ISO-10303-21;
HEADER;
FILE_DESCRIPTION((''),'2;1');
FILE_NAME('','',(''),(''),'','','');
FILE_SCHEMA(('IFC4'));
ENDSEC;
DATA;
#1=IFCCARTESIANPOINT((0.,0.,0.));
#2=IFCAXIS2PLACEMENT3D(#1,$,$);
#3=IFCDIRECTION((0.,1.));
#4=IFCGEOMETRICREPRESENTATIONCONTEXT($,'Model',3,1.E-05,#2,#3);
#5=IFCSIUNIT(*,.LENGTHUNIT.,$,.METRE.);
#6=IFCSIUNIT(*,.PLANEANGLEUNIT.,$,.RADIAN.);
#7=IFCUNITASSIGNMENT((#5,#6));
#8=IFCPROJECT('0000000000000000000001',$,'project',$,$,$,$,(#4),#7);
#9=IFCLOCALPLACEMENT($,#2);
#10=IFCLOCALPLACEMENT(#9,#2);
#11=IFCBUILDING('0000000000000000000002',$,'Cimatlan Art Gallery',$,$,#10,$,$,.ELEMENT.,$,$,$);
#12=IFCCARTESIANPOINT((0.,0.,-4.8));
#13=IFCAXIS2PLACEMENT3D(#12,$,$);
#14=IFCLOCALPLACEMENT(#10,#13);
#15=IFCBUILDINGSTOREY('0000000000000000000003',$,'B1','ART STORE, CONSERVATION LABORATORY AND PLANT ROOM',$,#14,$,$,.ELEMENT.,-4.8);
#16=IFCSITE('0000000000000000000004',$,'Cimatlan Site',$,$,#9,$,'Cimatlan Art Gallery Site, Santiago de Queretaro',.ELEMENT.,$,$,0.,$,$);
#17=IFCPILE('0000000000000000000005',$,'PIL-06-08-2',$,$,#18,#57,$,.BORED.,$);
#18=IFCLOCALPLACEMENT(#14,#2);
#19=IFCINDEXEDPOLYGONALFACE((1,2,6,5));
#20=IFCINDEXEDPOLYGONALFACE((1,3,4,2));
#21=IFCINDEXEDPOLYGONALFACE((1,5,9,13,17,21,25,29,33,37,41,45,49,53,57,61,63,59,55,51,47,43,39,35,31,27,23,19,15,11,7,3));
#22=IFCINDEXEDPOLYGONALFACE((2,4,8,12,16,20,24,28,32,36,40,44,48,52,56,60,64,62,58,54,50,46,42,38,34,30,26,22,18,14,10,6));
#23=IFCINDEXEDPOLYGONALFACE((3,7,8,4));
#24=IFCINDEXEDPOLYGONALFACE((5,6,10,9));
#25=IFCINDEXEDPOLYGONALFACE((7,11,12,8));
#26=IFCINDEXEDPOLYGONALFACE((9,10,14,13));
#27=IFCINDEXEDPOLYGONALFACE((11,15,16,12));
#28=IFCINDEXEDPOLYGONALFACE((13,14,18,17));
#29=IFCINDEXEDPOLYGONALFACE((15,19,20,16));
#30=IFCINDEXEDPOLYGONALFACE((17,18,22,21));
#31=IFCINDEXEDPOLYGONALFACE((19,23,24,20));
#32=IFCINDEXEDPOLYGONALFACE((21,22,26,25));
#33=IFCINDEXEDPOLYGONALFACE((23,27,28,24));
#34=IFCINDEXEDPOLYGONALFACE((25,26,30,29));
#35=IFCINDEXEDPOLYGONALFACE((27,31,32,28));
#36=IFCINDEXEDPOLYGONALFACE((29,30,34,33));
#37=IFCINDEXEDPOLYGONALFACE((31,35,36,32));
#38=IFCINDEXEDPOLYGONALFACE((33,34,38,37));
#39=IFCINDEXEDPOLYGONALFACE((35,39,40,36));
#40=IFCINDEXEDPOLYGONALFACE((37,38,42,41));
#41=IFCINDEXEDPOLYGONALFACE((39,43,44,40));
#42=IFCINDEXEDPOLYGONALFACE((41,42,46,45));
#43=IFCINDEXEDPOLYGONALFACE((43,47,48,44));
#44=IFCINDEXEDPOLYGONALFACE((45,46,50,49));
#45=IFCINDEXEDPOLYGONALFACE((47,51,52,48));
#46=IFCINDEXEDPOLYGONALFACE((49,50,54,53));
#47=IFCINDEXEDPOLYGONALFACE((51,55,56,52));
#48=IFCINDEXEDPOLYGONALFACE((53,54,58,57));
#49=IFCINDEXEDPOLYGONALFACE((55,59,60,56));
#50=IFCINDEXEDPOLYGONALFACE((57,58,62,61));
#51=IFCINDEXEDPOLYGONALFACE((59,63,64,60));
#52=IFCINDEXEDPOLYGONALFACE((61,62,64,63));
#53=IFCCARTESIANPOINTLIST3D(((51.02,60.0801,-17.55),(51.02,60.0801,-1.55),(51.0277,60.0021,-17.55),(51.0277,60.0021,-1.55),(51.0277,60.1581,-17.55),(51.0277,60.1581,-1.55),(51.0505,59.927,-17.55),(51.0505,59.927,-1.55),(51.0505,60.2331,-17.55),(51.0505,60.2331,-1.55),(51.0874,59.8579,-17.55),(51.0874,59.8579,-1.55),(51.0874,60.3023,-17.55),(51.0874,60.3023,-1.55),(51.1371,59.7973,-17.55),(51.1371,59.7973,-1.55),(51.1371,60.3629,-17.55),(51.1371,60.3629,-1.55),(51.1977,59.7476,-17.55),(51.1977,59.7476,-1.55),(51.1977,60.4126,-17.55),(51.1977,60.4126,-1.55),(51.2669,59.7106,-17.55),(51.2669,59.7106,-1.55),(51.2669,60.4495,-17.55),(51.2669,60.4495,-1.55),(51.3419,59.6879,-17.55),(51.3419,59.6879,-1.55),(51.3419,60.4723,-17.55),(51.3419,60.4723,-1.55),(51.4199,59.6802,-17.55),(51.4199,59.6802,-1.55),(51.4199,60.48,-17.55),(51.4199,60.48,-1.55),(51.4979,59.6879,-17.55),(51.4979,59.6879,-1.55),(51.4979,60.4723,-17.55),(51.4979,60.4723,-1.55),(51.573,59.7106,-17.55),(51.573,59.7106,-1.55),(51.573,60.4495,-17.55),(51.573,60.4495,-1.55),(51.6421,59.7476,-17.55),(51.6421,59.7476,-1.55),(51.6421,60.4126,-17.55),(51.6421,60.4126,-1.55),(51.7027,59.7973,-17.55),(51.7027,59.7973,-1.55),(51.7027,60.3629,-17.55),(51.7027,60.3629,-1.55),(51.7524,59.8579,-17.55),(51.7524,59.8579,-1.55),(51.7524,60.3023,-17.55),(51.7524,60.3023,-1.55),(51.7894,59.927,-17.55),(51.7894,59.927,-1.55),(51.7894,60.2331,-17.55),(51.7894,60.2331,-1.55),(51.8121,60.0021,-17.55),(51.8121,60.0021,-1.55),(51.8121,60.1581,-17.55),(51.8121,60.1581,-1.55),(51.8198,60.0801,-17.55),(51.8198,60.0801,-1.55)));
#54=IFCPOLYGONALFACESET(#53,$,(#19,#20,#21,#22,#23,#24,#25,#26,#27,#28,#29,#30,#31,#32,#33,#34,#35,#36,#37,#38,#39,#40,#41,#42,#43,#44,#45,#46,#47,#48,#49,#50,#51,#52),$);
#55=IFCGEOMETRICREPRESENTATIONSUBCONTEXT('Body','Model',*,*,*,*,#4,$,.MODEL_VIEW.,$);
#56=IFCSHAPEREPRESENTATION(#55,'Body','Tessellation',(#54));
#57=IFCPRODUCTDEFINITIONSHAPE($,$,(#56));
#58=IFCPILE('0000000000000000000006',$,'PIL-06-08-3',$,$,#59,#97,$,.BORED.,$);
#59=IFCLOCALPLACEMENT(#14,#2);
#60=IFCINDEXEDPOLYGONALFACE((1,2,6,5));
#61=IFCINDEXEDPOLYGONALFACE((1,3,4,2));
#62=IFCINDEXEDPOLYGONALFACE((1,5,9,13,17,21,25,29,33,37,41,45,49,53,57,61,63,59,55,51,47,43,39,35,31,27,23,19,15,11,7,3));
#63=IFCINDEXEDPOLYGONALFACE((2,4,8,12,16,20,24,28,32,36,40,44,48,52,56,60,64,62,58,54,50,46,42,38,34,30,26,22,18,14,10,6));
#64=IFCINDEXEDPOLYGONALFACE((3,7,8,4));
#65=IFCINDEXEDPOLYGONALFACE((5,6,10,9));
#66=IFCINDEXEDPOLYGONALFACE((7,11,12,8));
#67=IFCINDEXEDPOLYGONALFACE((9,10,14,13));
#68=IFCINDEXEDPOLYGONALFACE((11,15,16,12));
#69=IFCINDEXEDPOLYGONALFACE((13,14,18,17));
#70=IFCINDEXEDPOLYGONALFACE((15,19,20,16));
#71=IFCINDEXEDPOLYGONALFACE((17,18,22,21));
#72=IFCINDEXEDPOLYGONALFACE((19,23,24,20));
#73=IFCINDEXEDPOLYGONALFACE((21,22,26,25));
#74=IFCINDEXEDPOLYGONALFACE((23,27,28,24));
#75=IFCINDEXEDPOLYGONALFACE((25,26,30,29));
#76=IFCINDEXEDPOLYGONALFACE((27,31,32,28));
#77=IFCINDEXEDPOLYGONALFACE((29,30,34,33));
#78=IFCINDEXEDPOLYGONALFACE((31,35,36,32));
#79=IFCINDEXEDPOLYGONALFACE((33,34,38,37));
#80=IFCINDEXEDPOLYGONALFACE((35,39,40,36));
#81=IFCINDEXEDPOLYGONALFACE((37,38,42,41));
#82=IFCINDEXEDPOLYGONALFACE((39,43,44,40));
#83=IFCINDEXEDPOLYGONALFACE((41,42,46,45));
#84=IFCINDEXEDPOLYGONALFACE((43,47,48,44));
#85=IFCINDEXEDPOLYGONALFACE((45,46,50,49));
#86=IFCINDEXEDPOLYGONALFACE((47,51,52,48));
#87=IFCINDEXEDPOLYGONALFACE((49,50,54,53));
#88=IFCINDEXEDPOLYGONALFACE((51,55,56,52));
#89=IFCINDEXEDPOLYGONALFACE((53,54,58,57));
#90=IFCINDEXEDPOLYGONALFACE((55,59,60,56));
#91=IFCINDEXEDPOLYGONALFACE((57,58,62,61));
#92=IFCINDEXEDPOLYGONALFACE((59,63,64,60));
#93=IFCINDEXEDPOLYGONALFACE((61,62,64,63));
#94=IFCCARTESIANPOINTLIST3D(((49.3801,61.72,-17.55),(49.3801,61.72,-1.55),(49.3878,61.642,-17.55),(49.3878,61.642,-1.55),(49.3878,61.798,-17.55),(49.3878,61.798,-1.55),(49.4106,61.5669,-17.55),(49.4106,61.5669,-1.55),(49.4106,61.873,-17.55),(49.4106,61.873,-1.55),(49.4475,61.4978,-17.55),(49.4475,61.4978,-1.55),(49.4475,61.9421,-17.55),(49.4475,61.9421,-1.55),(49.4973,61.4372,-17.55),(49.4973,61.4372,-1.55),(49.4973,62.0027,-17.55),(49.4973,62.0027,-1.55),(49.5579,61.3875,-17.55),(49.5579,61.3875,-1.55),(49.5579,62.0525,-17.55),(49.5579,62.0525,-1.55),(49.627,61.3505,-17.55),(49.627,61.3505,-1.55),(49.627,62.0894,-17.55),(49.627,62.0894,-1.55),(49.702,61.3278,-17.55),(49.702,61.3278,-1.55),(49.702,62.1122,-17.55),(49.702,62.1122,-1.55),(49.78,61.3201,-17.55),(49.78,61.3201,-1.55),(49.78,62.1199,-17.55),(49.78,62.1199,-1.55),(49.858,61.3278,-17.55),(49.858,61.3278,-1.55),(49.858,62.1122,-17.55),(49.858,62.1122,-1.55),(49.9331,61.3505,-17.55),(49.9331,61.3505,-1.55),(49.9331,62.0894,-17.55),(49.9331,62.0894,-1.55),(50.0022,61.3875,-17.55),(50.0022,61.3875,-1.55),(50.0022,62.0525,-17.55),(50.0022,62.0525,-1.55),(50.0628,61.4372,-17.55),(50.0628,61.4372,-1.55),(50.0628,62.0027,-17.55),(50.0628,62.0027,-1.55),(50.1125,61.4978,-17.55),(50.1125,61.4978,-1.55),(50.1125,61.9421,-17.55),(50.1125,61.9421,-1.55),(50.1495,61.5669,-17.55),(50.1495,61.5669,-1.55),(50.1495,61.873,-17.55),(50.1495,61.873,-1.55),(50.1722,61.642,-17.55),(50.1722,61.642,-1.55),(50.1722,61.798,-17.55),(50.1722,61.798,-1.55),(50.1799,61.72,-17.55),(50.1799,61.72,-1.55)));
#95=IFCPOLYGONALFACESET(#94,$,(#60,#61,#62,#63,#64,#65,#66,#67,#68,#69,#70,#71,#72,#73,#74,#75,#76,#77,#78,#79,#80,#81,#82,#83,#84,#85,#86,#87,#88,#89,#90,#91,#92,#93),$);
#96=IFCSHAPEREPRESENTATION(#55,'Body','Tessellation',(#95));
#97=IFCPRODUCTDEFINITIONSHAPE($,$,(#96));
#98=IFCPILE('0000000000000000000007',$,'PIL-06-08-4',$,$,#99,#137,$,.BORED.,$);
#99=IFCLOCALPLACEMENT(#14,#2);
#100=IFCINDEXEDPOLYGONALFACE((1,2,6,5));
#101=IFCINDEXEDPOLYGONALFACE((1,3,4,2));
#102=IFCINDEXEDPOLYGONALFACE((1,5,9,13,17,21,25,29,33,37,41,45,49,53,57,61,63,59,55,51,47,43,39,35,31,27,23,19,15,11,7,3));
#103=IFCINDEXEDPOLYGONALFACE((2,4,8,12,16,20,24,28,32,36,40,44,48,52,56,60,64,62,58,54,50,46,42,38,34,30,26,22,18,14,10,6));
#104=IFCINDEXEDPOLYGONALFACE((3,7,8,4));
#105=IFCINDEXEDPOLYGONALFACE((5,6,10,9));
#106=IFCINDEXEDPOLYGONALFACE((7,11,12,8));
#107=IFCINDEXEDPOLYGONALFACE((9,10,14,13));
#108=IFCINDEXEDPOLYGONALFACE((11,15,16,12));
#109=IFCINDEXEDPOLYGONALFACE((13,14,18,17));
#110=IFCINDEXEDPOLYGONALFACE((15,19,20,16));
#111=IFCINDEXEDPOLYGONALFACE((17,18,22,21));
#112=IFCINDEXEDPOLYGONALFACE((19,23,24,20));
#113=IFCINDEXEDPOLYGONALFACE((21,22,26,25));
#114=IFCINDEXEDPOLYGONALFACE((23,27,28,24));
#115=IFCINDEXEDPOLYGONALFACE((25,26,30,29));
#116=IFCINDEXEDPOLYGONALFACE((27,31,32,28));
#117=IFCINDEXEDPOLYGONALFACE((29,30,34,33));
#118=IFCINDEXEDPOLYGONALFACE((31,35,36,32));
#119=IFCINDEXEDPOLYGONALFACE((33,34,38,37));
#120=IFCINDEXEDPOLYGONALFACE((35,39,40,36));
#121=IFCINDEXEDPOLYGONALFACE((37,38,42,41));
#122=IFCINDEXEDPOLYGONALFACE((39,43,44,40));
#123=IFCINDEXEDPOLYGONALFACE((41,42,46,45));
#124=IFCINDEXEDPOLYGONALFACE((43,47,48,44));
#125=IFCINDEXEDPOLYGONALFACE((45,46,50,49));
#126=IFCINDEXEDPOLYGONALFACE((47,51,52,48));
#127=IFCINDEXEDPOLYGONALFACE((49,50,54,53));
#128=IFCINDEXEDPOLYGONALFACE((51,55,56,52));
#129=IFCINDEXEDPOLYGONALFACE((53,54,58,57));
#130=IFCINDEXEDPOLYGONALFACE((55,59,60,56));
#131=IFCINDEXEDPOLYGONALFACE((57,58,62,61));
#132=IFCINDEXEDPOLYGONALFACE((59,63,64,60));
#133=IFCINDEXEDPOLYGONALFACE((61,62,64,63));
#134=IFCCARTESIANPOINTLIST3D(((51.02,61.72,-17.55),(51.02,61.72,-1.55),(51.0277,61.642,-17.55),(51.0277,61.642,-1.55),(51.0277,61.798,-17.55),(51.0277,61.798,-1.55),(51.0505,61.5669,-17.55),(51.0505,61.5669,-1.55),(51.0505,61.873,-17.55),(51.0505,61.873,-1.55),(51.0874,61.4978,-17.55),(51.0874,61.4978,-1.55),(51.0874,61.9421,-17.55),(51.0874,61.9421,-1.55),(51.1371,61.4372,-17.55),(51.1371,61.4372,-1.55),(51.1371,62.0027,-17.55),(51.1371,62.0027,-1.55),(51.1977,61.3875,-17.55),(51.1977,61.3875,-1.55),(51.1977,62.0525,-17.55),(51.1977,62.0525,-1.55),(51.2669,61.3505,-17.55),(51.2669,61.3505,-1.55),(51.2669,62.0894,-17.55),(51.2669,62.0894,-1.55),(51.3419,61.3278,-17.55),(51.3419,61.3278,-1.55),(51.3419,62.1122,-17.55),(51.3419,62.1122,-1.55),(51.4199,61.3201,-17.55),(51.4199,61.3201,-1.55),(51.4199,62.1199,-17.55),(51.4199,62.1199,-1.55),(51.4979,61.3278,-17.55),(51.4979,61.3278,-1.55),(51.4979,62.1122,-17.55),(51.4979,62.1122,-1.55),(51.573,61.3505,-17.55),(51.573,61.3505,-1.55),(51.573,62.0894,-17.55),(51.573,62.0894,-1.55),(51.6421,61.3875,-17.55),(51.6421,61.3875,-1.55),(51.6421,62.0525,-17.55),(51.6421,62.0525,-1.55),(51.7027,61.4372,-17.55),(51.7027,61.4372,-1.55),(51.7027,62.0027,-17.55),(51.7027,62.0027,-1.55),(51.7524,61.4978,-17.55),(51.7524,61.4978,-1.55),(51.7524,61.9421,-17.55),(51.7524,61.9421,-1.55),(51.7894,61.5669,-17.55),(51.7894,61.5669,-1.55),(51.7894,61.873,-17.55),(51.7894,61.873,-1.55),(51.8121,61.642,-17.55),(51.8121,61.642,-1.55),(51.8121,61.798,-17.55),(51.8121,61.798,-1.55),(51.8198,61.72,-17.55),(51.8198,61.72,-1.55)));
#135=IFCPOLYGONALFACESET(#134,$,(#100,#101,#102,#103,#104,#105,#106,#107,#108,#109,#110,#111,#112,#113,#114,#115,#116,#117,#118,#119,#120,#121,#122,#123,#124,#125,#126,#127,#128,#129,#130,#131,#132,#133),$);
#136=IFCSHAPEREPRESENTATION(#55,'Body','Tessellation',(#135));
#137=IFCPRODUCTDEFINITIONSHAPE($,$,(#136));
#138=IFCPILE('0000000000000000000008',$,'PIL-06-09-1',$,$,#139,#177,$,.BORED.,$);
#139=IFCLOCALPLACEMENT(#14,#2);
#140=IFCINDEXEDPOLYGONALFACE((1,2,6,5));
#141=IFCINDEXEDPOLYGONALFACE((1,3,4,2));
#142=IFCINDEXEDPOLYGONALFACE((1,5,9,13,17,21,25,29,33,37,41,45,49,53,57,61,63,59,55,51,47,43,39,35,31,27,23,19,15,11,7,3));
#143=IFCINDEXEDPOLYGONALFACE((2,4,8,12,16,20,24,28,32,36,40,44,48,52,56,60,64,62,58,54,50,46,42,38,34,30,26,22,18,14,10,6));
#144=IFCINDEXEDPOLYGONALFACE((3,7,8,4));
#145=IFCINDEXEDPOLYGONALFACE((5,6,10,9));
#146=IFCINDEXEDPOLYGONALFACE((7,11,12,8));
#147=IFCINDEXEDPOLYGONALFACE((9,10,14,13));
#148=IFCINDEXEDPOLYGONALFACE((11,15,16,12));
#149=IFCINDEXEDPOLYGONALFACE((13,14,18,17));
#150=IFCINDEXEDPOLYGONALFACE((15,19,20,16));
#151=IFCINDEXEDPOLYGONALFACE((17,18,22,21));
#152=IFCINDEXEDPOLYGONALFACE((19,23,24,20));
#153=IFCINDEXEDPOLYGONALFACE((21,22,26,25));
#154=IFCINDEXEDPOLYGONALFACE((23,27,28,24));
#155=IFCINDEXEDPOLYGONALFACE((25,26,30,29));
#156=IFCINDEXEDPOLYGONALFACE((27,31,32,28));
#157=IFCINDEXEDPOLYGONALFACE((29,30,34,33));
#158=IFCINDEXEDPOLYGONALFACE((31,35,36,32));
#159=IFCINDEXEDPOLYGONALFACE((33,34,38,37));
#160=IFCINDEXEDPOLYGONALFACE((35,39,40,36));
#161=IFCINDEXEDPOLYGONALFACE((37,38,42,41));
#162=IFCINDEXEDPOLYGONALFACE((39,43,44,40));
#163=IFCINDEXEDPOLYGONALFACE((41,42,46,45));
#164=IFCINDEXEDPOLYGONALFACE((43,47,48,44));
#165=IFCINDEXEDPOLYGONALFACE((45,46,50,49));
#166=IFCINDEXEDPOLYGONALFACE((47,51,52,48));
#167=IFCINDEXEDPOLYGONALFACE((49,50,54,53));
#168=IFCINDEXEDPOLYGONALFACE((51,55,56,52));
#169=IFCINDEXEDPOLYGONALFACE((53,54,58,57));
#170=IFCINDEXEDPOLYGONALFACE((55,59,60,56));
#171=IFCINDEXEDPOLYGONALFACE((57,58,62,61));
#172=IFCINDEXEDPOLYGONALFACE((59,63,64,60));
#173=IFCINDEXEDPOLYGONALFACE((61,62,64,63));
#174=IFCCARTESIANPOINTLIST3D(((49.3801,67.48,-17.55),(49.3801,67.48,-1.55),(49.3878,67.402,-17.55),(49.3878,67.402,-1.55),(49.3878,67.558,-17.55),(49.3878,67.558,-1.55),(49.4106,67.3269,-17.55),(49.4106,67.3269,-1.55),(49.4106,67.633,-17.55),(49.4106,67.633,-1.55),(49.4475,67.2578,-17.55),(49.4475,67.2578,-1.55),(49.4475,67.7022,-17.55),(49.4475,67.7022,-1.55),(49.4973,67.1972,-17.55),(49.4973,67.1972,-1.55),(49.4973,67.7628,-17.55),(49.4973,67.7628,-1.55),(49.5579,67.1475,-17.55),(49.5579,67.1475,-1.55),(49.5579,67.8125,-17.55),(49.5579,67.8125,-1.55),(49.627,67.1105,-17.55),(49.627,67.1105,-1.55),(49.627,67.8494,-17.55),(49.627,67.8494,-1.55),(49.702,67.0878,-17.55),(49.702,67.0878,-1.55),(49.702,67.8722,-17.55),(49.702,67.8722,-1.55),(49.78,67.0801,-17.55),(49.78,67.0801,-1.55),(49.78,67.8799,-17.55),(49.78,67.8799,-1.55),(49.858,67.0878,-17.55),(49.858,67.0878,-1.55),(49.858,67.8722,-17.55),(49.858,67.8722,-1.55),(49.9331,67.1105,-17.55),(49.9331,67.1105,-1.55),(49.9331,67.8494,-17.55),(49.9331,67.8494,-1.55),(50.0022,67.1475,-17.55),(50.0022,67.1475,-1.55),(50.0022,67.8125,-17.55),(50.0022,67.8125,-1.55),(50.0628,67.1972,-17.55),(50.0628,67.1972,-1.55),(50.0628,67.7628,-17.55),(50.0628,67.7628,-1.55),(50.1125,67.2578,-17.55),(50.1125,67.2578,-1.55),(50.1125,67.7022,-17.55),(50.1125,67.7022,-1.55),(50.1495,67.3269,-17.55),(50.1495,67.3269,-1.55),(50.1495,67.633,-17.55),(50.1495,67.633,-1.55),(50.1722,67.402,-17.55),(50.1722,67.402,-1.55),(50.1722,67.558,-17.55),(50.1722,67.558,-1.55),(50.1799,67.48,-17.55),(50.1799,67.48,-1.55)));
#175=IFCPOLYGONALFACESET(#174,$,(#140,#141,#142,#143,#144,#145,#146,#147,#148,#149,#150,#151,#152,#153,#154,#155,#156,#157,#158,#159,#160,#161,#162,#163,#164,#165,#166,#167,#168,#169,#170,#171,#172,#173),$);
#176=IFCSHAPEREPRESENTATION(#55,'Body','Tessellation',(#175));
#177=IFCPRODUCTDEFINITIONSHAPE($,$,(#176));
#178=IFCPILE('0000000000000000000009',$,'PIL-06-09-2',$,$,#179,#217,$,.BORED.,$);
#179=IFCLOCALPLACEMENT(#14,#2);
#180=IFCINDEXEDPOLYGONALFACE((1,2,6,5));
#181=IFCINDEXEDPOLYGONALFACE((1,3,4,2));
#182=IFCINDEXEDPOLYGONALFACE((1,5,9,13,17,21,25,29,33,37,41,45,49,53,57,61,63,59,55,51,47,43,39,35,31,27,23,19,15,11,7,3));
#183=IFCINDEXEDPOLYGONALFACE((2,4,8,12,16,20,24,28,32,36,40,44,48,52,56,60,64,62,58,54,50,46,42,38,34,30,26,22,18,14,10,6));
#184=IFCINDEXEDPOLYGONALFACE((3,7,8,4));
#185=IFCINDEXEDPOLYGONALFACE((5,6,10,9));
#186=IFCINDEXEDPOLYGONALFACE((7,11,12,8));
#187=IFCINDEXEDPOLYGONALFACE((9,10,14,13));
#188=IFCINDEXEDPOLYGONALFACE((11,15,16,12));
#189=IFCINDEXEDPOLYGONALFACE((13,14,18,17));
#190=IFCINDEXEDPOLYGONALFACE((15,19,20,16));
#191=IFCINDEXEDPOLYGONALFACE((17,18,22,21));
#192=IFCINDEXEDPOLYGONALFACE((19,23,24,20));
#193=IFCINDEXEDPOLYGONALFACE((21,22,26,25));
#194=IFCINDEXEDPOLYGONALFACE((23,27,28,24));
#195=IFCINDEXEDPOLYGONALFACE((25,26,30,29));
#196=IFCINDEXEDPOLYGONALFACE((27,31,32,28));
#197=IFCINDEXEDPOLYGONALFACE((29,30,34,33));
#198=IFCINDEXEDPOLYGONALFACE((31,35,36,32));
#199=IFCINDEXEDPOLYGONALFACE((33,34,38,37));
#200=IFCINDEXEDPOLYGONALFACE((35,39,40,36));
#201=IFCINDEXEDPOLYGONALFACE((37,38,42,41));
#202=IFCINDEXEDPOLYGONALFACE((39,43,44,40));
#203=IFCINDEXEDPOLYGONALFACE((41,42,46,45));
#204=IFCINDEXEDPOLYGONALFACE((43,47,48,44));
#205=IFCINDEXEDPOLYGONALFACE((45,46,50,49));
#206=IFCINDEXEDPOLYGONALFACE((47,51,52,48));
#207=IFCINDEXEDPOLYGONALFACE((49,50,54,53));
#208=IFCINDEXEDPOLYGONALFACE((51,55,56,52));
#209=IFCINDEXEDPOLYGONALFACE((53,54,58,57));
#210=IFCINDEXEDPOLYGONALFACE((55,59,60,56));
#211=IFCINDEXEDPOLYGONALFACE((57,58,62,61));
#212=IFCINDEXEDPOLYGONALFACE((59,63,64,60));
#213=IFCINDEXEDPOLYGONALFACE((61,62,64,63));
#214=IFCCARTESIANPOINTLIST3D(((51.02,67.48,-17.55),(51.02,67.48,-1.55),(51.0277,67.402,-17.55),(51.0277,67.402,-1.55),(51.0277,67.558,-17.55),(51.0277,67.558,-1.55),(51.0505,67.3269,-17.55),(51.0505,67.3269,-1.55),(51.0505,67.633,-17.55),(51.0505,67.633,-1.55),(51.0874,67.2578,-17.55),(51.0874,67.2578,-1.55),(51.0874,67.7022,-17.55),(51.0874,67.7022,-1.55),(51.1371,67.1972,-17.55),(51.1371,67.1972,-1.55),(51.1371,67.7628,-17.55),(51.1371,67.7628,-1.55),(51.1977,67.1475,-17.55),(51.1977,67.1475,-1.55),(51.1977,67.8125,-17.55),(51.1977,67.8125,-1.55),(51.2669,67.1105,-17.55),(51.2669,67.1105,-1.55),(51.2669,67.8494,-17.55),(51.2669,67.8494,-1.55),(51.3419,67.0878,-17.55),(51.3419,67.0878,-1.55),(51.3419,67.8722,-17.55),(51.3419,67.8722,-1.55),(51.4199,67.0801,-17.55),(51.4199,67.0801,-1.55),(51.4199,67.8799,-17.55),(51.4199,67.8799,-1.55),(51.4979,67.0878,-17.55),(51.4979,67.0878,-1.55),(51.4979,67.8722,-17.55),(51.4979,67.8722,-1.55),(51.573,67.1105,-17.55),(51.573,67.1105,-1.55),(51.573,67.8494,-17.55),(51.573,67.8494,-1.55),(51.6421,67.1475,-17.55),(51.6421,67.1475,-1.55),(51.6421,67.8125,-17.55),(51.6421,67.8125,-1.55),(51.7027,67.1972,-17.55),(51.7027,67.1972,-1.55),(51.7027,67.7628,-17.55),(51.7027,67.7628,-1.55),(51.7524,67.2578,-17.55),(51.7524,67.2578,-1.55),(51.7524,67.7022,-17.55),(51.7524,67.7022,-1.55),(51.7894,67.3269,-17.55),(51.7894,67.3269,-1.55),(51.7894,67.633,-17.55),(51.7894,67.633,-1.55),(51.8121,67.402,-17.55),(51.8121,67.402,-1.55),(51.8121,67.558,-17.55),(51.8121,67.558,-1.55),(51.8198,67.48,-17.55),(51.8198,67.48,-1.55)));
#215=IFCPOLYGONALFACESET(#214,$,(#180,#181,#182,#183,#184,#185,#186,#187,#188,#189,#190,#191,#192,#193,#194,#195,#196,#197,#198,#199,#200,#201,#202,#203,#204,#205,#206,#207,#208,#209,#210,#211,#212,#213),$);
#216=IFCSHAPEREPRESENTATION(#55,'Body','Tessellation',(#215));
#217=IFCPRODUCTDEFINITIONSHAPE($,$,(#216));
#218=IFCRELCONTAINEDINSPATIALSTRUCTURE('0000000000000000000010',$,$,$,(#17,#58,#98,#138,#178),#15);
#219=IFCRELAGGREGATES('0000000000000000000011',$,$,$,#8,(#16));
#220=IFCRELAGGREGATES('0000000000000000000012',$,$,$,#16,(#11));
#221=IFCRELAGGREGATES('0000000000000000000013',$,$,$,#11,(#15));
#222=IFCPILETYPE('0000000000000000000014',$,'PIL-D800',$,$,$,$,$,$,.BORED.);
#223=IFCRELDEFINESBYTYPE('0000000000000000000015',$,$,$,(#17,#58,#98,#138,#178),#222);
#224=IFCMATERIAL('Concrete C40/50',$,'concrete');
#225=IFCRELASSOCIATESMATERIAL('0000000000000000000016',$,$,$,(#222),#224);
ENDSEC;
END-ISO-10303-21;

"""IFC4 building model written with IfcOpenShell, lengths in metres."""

from ifc_helpers import new_model, si_unit, direction, frame, origin, origin_2d, place, context, subcontext, project, spatial, circle, extrude, material, type_object, element, save


model = new_model("IFC4")

# Units and contexts
model_context = context("Model", 3, precision=1e-05, world=origin(), true_north=direction((0.0, 1.0)))
body_context = subcontext(model_context, "Body", "Model", "MODEL_VIEW")
ifc_project = project(units=[si_unit("LENGTHUNIT", "METRE"), si_unit("PLANEANGLEUNIT", "RADIAN")], contexts=[model_context])

# Site, building, storey
site_placement = place(None, origin())
site = spatial("IfcSite", under=ifc_project, at=site_placement, Name="Cimatlan Site", LongName="Cimatlan Art Gallery Site, Santiago de Queretaro", CompositionType="ELEMENT", RefElevation=0.0)
building_placement = place(site_placement, origin())
building = spatial("IfcBuilding", under=site, at=building_placement, Name="Cimatlan Art Gallery", CompositionType="ELEMENT")
storey_placement = place(building_placement, frame((0.0, 0.0, -4.8)))
storey = spatial("IfcBuildingStorey", under=building, at=storey_placement, Name="B1", Description="ART STORE, CONSERVATION LABORATORY AND PLANT ROOM", CompositionType="ELEMENT", Elevation=-4.8)

# Shared definitions
ifc_material_1 = material(Name="Concrete C40/50", Category="concrete")

# Piles
pile_type = type_object("IfcPileType", Name="PIL-D800", PredefinedType="BORED", material=ifc_material_1)
for number, where, z_axis, x_axis, name in (
    (1, (51.4199, 60.0801, -1.55), (0.0, 0.0, -1.0), (1.0, 0.0, 0.0), "PIL-06-08-2"),
    (2, (49.78, 61.72, -1.55), (0.0, 0.0, -1.0), (1.0, 0.0, 0.0), "PIL-06-08-3"),
    (3, (51.4199, 61.72, -1.55), (0.0, 0.0, -1.0), (1.0, 0.0, 0.0), "PIL-06-08-4"),
    (4, (49.78, 67.48, -1.55), (0.0, 0.0, -1.0), (1.0, 0.0, 0.0), "PIL-06-09-1"),
    (5, (51.4199, 67.48, -1.55), (0.0, 0.0, -1.0), (1.0, 0.0, 0.0), "PIL-06-09-2"),
):
    element("IfcPile", number, at=place(storey_placement, frame(where, z_axis=z_axis, x_axis=x_axis)), inside=storey, type_object=pile_type, Name=name, PredefinedType="BORED", context=body_context, shape_type="SweptSolid", body=[
        extrude(circle(Radius=0.3999, at=origin_2d()), origin(), (0.0, 0.0, 1.0), 16.0),
    ])

save(model, "model.ifc")
